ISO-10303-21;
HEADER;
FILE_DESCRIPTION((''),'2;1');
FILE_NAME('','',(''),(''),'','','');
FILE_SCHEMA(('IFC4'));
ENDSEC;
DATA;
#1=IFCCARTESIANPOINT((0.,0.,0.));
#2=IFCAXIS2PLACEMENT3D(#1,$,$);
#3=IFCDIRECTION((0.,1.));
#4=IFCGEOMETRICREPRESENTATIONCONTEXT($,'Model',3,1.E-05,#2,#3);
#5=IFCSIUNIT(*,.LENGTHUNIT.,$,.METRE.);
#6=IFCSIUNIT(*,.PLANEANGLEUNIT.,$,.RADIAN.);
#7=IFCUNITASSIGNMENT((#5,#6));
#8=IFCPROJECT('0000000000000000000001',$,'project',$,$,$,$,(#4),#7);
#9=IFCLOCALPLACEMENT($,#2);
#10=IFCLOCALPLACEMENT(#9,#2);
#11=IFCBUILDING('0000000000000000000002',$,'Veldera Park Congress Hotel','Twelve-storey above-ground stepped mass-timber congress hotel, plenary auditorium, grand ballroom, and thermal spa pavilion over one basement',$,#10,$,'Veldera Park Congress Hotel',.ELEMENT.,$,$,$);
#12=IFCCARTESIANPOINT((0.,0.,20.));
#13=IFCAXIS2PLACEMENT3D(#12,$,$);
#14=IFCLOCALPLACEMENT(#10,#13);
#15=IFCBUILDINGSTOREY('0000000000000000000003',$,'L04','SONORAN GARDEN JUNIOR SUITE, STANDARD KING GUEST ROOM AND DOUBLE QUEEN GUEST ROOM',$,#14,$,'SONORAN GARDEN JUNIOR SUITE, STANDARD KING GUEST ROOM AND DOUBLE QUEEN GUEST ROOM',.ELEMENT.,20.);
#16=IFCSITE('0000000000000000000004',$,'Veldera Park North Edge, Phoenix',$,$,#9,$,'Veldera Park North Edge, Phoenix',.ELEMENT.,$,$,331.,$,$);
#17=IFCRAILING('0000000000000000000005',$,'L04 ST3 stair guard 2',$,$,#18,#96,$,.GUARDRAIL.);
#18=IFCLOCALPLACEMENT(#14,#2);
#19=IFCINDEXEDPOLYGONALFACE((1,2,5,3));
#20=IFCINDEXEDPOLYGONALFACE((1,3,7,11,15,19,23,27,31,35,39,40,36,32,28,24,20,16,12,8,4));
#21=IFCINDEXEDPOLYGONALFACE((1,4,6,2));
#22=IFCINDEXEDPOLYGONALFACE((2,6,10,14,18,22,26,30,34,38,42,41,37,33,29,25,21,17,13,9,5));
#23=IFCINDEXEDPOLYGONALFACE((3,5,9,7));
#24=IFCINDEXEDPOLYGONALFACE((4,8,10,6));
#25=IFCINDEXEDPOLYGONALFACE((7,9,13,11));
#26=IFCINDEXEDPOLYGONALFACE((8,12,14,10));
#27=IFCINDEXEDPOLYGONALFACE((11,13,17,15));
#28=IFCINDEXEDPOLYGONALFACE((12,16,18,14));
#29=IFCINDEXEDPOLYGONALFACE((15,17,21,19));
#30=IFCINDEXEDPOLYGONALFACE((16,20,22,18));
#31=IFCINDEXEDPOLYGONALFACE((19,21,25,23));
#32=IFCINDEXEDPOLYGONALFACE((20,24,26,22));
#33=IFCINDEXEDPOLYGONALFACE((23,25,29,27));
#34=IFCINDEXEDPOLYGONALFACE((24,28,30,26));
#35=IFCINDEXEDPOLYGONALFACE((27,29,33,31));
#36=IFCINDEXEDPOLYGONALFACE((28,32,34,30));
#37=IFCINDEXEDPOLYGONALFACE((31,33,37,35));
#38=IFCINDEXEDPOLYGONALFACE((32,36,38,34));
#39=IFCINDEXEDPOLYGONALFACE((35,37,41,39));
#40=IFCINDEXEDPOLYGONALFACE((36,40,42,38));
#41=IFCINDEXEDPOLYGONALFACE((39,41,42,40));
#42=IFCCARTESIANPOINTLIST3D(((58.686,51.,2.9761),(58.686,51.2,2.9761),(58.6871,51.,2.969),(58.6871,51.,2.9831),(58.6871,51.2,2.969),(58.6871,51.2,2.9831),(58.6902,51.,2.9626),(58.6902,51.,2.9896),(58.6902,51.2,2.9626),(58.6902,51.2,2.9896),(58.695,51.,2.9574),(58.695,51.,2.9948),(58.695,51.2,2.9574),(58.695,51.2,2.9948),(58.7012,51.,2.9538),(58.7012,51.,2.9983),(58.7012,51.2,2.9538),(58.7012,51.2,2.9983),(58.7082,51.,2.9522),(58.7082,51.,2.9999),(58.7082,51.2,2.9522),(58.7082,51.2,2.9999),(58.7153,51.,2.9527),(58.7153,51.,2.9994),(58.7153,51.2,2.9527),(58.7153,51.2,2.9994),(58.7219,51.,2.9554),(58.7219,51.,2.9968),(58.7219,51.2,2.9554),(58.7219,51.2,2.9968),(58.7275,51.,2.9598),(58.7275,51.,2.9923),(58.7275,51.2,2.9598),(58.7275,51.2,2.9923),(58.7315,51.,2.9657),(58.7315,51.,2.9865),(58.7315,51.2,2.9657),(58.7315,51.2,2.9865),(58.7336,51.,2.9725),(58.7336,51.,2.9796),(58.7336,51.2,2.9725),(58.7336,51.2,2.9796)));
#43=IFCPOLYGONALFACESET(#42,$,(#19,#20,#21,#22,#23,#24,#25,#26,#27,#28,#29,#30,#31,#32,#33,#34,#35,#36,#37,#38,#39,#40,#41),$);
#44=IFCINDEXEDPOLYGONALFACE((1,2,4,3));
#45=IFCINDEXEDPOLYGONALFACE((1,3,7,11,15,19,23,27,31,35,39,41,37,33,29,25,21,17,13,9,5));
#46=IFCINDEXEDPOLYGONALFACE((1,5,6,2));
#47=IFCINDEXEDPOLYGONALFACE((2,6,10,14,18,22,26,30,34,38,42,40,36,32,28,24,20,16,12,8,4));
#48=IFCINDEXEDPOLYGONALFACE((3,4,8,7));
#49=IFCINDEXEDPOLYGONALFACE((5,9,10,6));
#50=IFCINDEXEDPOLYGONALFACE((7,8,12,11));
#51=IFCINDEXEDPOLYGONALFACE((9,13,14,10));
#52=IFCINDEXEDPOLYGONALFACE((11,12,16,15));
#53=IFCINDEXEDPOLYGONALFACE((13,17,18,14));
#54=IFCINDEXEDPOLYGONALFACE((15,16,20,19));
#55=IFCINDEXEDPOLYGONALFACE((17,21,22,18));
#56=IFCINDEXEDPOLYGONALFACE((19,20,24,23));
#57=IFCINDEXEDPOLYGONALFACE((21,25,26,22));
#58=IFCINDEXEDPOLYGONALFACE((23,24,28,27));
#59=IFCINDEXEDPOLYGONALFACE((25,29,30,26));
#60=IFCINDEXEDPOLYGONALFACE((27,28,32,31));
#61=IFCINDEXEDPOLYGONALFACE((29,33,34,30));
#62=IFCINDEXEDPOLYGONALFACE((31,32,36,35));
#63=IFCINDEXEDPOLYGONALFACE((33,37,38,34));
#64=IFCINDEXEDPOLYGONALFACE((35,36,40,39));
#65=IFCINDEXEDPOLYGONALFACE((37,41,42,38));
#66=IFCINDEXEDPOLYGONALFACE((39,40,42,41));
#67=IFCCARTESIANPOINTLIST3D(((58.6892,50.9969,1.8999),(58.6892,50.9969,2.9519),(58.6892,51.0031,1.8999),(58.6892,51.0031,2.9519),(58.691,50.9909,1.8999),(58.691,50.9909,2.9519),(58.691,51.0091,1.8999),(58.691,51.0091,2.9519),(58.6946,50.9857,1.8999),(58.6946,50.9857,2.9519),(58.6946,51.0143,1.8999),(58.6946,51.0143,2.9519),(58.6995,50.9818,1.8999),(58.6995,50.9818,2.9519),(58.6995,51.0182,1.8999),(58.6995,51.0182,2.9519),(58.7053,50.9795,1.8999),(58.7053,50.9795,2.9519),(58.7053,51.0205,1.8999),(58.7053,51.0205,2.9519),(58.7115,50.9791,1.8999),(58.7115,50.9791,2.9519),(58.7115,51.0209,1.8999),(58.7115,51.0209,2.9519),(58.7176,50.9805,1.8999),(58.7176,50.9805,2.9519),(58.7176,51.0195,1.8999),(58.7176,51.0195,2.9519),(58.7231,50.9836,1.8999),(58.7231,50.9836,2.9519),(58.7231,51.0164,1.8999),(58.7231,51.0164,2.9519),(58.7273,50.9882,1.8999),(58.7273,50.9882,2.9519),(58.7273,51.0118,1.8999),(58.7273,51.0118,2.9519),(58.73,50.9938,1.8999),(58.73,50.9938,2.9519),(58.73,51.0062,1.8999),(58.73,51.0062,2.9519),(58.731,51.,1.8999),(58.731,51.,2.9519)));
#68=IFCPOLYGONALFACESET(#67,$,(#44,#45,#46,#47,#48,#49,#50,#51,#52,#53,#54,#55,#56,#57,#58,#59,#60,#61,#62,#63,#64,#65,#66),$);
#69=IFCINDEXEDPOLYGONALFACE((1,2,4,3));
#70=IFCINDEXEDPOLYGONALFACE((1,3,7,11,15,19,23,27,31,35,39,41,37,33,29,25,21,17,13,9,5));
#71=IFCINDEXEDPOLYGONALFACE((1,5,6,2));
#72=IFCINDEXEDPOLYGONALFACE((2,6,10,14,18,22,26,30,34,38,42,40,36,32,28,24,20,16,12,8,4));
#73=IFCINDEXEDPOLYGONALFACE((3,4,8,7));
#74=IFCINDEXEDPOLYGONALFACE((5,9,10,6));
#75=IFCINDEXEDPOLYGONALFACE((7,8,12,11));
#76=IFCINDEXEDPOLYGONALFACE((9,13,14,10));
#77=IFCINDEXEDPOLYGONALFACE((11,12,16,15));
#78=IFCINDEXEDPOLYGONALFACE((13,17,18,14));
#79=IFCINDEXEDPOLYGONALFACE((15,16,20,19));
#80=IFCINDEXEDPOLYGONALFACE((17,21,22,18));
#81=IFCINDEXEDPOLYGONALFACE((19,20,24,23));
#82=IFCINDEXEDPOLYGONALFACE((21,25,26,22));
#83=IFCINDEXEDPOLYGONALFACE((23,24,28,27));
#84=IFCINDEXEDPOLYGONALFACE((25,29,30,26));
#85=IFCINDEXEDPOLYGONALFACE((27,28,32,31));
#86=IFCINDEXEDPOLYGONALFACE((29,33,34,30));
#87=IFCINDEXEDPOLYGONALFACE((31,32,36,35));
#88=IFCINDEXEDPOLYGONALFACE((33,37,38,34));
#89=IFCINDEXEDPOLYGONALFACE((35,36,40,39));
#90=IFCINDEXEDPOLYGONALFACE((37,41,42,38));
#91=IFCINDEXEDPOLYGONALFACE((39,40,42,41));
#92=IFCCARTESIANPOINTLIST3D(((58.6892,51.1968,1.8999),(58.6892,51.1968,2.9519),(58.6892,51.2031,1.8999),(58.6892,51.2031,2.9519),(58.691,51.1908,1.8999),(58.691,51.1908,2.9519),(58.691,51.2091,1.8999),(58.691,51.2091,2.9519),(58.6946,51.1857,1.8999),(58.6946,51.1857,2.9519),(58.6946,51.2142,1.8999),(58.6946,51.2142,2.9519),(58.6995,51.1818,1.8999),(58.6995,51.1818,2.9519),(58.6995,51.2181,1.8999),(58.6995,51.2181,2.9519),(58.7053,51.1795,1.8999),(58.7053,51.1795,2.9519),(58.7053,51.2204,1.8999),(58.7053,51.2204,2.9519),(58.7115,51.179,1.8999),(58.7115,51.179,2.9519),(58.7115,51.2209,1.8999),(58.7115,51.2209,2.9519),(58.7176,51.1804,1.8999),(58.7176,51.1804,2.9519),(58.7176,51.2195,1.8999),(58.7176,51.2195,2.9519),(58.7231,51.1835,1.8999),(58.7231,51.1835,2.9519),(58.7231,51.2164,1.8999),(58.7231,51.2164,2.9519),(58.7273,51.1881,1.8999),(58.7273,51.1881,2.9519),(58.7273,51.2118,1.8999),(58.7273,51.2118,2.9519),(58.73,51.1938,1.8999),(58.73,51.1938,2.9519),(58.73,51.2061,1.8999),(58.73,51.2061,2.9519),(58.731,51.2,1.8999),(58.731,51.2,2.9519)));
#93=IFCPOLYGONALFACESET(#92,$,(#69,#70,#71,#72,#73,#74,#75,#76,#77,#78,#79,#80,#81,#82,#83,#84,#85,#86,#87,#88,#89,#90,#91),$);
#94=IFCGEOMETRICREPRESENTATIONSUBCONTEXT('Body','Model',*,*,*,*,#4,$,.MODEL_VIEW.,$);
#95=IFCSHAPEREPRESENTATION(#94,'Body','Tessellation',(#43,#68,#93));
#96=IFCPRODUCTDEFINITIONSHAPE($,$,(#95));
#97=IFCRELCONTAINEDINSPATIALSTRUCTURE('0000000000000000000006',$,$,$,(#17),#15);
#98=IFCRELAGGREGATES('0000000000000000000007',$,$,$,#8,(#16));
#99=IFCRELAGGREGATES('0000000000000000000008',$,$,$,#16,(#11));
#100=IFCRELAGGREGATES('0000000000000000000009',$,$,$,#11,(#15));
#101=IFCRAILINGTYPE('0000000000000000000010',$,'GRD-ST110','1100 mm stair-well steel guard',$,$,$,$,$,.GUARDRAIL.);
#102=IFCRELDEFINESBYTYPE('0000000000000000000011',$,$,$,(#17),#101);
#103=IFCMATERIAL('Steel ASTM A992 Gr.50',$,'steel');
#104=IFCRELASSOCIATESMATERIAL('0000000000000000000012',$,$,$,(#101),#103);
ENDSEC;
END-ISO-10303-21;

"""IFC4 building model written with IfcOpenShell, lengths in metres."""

from ifc_helpers import new_model, si_unit, direction, frame, origin, origin_2d, place, context, subcontext, project, spatial, circle, extrude, material, type_object, element, save


model = new_model("IFC4")

# Units and contexts
model_context = context("Model", 3, precision=1e-05, world=origin(), true_north=direction((0.0, 1.0)))
body_context = subcontext(model_context, "Body", "Model", "MODEL_VIEW")
ifc_project = project(units=[si_unit("LENGTHUNIT", "METRE"), si_unit("PLANEANGLEUNIT", "RADIAN")], contexts=[model_context])

# Site, building, storey
site_placement = place(None, origin())
site = spatial("IfcSite", under=ifc_project, at=site_placement, Name="Veldera Park North Edge, Phoenix", LongName="Veldera Park North Edge, Phoenix", CompositionType="ELEMENT", RefElevation=331.0)
building_placement = place(site_placement, origin())
building = spatial("IfcBuilding", under=site, at=building_placement, Name="Veldera Park Congress Hotel", Description="Twelve-storey above-ground stepped mass-timber congress hotel, plenary auditorium, grand ballroom, and thermal spa pavilion over one basement", LongName="Veldera Park Congress Hotel", CompositionType="ELEMENT")
storey_placement = place(building_placement, frame((0.0, 0.0, 20.0)))
storey = spatial("IfcBuildingStorey", under=building, at=storey_placement, Name="L04", Description="SONORAN GARDEN JUNIOR SUITE, STANDARD KING GUEST ROOM AND DOUBLE QUEEN GUEST ROOM", LongName="SONORAN GARDEN JUNIOR SUITE, STANDARD KING GUEST ROOM AND DOUBLE QUEEN GUEST ROOM", CompositionType="ELEMENT", Elevation=20.0)

# Railing
ifc_material_1 = material(Name="Steel ASTM A992 Gr.50", Category="steel")
railing_type_1 = type_object("IfcRailingType", Name="GRD-ST110", Description="1100 mm stair-well steel guard", PredefinedType="GUARDRAIL", material=ifc_material_1)
railing_1_placement = place(storey_placement, frame((58.71, 51.0, 1.8999)))
element("IfcRailing", 1, at=railing_1_placement, inside=storey, type_object=railing_type_1, Name="L04 ST3 stair guard 2", PredefinedType="GUARDRAIL", context=body_context, shape_type="SweptSolid", body=[
    extrude(circle(Radius=0.0239, at=origin_2d()), frame((0.0, 0.0, 1.0762), z_axis=(0.0, 1.0, 0.0), x_axis=(-1.0, 0.0, 0.0)), (0.0, 0.0, 1.0), 0.2),
    extrude(circle(Radius=0.021, at=origin_2d()), origin(), (0.0, 0.0, 1.0), 1.052),
    extrude(circle(Radius=0.021, at=origin_2d()), frame((0.0, 0.2, 0.0)), (0.0, 0.0, 1.0), 1.052),
])

save(model, "model.ifc")
